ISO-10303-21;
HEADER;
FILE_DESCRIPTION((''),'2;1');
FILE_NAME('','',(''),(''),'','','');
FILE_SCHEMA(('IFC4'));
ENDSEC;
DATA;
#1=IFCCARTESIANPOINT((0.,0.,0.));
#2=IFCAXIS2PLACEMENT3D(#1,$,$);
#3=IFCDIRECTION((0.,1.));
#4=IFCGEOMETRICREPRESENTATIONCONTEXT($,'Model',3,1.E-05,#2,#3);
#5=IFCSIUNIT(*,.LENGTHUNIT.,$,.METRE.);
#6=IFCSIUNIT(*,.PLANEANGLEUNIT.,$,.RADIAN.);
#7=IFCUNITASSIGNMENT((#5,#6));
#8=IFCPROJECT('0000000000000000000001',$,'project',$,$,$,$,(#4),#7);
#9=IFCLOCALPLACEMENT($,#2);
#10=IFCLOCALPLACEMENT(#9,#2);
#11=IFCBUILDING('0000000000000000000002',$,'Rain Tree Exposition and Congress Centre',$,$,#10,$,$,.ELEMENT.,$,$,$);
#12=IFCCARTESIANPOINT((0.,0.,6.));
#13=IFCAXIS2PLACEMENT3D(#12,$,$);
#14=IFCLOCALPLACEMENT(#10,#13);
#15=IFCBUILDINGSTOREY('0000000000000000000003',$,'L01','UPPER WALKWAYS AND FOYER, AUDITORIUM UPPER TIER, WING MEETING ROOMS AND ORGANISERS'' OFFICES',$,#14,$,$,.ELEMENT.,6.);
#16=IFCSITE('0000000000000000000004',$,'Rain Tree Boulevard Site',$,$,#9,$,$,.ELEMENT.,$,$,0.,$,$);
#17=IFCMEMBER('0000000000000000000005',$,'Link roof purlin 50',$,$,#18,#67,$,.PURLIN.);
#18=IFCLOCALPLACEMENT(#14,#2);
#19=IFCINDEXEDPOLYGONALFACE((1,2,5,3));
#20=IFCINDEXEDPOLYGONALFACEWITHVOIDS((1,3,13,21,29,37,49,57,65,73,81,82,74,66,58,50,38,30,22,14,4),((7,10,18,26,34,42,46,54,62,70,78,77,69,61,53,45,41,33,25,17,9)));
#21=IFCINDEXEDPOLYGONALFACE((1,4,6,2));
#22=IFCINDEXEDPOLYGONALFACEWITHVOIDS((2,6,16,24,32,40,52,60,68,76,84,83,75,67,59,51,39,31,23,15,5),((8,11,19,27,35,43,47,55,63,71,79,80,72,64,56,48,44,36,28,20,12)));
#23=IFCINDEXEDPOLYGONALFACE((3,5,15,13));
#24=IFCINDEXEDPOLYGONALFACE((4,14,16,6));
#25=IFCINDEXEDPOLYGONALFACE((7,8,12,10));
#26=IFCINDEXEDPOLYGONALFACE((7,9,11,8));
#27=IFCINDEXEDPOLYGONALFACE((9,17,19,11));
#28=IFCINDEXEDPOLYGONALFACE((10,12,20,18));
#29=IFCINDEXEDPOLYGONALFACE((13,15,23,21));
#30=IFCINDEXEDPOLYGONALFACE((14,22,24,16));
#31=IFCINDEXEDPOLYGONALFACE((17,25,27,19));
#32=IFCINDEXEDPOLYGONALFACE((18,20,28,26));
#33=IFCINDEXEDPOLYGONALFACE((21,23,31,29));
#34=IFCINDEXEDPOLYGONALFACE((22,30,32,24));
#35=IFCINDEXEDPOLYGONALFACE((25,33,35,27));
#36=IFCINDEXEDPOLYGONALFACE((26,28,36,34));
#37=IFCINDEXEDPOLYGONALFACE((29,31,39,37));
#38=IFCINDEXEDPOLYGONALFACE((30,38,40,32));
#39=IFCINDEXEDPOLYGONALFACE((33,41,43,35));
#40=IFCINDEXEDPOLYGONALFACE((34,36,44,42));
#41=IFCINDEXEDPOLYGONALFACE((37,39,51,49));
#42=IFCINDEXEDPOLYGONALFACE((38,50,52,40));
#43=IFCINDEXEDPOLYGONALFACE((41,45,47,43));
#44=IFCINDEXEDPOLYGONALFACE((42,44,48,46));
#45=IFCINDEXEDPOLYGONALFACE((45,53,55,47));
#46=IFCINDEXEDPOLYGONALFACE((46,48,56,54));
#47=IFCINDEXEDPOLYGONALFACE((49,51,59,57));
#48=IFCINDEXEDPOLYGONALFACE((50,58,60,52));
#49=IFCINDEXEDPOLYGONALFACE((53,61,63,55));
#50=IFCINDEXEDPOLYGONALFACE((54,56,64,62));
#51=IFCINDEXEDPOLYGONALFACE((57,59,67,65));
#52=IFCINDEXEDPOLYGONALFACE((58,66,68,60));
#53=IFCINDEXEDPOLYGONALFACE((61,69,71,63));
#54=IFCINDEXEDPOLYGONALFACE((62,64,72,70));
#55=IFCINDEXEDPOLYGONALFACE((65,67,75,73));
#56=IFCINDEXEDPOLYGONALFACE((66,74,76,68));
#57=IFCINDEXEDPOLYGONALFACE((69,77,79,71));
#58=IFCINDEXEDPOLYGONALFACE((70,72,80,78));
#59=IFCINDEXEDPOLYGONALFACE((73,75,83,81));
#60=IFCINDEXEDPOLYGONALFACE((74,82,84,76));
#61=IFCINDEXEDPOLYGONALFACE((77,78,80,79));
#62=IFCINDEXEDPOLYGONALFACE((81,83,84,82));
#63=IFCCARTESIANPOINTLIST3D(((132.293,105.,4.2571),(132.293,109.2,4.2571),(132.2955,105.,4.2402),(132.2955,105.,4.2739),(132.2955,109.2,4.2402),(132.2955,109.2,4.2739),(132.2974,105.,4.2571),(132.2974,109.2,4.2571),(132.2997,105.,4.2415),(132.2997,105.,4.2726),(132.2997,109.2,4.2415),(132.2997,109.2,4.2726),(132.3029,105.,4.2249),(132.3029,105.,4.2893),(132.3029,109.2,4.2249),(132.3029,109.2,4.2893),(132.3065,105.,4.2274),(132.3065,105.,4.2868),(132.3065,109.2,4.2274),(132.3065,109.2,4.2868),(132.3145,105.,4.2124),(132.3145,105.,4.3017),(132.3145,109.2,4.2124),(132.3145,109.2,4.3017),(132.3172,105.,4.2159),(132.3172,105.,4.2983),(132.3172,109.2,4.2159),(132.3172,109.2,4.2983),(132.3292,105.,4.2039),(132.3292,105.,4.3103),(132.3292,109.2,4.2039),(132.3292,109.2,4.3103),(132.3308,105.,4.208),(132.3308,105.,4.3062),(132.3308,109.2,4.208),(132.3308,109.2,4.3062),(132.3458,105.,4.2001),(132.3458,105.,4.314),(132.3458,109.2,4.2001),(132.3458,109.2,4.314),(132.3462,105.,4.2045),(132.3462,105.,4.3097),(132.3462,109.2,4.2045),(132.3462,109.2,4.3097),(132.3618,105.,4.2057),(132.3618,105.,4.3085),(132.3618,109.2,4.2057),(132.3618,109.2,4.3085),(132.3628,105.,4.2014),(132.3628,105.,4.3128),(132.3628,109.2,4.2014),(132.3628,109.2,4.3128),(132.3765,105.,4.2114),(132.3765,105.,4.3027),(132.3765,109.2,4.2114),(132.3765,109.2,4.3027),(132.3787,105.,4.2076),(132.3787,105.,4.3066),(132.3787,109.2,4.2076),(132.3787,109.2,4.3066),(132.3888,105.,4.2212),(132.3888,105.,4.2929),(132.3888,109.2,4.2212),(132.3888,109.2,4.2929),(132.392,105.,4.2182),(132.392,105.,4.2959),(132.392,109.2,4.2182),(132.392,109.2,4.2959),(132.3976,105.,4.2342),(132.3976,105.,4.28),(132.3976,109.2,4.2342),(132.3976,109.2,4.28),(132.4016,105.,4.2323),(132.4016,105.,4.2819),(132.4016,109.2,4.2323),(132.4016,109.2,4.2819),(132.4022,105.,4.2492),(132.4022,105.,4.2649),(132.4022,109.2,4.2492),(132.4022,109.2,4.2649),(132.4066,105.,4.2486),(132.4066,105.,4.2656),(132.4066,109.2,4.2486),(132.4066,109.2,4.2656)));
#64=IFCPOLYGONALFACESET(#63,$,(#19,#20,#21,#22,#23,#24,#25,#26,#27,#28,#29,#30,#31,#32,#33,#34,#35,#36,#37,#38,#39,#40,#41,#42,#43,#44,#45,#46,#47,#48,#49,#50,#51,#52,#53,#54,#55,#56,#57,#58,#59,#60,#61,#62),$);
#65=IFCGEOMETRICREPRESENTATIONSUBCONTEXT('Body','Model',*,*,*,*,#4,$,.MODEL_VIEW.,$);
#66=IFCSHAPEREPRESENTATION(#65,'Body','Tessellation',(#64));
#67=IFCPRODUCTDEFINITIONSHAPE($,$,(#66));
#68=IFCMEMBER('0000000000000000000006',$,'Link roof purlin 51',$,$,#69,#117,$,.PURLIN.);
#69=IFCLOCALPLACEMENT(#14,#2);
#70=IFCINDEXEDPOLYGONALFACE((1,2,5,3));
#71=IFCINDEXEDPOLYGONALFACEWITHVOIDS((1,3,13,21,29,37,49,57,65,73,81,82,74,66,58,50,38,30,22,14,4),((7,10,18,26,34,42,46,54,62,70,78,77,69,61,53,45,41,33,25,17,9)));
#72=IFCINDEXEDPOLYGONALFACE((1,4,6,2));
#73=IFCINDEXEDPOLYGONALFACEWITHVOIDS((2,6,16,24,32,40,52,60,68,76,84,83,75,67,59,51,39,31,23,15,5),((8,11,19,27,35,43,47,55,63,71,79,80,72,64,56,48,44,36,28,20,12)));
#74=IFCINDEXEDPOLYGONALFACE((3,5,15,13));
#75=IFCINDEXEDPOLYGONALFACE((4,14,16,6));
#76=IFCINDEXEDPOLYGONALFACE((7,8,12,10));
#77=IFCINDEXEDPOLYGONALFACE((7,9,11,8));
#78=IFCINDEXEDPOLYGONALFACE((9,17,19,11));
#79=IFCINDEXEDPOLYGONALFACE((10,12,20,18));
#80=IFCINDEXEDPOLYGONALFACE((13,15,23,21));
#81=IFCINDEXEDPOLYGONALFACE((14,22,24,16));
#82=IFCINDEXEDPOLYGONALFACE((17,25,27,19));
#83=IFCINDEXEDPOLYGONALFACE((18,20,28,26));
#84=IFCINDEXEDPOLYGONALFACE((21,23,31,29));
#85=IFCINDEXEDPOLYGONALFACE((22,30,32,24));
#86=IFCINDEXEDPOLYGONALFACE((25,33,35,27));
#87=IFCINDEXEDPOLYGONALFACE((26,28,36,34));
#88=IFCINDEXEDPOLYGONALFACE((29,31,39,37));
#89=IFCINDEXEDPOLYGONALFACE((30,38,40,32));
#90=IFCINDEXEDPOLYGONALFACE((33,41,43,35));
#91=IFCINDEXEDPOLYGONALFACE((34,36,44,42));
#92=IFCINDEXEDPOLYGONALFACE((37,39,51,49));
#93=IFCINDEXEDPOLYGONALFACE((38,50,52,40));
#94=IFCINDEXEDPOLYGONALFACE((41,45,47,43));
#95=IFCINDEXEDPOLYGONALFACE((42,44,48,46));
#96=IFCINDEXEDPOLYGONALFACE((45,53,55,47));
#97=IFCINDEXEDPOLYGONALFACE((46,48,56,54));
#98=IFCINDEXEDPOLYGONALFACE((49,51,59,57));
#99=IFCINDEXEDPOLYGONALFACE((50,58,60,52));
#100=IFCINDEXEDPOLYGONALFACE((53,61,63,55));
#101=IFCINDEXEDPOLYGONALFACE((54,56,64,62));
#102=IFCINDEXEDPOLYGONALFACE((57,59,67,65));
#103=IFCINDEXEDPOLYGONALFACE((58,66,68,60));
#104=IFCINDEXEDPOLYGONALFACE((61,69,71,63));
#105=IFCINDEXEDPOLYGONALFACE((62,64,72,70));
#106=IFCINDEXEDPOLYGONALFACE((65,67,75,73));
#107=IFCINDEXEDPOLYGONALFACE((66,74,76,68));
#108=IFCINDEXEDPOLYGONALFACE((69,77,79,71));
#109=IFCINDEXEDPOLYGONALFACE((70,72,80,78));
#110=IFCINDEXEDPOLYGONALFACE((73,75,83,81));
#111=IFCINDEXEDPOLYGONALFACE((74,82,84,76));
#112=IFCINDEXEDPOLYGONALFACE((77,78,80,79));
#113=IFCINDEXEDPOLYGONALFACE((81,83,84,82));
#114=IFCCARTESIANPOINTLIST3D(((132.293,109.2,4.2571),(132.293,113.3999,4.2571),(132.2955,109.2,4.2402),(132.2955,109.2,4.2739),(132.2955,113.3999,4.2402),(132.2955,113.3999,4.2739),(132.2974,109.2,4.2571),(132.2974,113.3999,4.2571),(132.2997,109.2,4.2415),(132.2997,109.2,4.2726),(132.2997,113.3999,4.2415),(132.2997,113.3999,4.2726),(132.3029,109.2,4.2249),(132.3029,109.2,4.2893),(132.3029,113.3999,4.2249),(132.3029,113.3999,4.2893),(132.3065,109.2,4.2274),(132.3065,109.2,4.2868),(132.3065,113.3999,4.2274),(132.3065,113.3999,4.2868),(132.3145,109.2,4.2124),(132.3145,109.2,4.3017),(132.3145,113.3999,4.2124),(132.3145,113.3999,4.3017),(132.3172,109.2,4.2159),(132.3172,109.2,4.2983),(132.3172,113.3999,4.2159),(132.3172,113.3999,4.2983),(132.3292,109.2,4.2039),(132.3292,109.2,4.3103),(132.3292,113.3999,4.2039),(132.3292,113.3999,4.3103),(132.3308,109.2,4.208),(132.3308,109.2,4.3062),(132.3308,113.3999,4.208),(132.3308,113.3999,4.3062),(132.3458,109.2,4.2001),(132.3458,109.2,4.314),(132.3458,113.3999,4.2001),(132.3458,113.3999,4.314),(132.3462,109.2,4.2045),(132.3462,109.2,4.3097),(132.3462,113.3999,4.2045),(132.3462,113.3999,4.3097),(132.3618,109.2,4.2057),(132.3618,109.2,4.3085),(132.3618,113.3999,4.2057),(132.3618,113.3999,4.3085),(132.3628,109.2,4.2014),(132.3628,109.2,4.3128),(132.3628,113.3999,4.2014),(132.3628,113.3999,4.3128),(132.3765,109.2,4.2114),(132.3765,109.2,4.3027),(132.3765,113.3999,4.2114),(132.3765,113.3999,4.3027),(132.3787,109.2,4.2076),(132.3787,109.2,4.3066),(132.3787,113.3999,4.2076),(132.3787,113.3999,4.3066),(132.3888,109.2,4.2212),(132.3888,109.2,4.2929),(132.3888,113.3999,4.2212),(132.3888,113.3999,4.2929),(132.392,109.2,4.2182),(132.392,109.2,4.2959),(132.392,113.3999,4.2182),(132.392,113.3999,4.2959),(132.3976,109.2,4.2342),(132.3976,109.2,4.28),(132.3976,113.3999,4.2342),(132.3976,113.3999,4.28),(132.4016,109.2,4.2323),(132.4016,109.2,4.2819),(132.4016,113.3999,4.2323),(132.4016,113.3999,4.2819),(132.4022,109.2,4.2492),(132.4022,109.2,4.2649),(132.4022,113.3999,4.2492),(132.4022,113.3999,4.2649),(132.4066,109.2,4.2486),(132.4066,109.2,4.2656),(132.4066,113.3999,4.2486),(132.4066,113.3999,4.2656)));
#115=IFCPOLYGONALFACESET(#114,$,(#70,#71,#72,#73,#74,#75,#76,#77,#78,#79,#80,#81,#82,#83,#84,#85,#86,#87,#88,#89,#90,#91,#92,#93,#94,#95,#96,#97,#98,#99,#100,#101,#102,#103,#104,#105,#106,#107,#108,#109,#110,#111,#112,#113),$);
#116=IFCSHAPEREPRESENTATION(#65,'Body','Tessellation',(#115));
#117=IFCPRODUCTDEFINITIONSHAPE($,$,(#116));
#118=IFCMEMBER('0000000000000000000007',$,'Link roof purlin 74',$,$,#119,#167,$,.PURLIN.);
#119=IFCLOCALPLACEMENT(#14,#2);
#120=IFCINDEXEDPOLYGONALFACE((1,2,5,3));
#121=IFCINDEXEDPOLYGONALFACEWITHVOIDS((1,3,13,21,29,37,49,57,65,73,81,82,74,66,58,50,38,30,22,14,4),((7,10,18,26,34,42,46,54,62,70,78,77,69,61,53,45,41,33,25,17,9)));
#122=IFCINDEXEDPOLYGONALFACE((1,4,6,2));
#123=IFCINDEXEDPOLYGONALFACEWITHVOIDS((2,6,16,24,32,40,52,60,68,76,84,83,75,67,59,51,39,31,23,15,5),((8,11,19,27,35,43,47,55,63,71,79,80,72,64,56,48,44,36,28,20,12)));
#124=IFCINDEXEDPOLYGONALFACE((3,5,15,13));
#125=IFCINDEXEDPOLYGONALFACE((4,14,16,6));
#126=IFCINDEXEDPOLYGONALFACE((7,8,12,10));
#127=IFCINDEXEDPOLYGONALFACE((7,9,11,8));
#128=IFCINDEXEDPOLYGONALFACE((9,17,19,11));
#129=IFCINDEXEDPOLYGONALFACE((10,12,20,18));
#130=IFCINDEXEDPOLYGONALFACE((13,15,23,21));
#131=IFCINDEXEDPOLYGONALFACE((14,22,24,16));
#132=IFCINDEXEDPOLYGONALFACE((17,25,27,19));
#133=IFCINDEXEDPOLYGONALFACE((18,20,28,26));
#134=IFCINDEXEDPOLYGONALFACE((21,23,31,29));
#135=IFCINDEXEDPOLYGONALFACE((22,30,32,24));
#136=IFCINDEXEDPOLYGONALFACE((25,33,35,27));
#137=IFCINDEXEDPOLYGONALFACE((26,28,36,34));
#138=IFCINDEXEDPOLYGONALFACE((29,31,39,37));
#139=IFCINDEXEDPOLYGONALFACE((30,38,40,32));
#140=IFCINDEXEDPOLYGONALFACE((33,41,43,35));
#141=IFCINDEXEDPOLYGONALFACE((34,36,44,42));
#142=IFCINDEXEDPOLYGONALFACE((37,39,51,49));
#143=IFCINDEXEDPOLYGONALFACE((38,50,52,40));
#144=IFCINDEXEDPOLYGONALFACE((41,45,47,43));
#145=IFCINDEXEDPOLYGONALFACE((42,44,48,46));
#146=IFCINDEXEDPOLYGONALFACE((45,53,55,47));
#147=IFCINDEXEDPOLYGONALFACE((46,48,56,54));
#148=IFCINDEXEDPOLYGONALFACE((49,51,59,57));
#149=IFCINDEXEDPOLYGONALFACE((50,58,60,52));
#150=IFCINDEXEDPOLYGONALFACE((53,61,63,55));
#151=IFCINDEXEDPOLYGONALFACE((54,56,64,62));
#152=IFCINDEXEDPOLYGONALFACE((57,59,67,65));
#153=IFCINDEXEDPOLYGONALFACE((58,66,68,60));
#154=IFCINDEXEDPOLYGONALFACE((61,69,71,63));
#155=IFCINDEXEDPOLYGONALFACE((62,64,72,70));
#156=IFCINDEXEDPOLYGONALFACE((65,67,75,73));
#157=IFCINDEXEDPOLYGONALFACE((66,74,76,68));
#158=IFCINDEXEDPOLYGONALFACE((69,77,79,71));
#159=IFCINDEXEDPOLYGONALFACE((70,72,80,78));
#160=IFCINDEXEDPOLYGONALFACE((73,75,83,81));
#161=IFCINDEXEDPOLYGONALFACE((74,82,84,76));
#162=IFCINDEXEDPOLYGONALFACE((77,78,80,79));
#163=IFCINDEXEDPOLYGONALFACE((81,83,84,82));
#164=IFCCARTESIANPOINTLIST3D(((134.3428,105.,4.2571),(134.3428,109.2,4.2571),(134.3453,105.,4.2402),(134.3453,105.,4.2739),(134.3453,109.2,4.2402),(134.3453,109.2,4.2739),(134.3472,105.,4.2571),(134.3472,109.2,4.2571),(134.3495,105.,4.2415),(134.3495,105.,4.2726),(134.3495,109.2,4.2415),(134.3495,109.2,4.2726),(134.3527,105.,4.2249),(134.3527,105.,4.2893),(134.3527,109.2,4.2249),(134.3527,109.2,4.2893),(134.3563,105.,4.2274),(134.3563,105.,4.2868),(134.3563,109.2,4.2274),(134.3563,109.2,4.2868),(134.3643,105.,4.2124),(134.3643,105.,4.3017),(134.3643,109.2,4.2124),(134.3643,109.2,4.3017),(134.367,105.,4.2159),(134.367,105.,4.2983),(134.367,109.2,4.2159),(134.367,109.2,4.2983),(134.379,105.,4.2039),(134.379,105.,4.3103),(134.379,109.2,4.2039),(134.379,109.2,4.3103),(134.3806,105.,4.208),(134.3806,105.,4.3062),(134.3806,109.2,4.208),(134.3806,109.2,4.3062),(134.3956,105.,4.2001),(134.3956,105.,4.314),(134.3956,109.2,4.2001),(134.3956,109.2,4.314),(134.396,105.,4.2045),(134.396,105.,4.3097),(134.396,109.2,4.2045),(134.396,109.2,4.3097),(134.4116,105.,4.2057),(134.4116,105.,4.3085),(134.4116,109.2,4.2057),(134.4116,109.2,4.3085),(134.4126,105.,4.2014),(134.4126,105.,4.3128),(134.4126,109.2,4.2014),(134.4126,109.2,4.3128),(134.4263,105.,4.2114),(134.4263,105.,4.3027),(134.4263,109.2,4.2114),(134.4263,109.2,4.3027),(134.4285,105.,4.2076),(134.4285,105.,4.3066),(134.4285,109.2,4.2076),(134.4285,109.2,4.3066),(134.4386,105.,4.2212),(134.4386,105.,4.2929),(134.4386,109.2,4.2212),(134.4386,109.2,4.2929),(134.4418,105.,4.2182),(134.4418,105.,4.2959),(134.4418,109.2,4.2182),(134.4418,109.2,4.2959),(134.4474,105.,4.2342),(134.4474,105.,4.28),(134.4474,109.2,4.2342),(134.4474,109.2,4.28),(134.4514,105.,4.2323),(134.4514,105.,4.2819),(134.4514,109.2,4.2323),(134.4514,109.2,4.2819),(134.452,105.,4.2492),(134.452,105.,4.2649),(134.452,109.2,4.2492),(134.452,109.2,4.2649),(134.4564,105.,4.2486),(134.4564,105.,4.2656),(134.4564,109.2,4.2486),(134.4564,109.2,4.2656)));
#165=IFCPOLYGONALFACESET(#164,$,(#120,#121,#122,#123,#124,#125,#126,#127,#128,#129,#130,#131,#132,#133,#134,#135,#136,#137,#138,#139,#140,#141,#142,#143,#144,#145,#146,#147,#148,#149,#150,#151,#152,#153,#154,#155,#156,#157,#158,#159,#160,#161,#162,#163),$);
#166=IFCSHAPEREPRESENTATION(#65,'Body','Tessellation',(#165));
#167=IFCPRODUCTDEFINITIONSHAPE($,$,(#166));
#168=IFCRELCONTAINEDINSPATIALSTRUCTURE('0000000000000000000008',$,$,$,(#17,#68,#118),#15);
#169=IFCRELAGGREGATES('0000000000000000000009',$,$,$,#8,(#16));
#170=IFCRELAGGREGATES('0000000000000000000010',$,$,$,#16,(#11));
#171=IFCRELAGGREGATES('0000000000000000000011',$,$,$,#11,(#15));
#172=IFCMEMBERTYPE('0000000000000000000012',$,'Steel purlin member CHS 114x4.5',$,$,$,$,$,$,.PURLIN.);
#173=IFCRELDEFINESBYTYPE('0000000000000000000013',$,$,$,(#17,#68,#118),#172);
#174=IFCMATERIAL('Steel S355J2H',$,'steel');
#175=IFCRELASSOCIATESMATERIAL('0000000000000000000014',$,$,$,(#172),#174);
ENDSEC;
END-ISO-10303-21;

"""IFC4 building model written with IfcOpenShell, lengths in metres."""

from ifc_helpers import new_model, si_unit, direction, frame, origin, origin_2d, place, context, subcontext, project, spatial, hollow_circle, extrude, material, material_profile, profile_set, type_object, element, save


model = new_model("IFC4")

# Units and contexts
model_context = context("Model", 3, precision=1e-05, world=origin(), true_north=direction((0.0, 1.0)))
body_context = subcontext(model_context, "Body", "Model", "MODEL_VIEW")
ifc_project = project(units=[si_unit("LENGTHUNIT", "METRE"), si_unit("PLANEANGLEUNIT", "RADIAN")], contexts=[model_context])

# Site, building, storey
site_placement = place(None, origin())
site = spatial("IfcSite", under=ifc_project, at=site_placement, Name="Rain Tree Boulevard Site", CompositionType="ELEMENT", RefElevation=0.0)
building_placement = place(site_placement, origin())
building = spatial("IfcBuilding", under=site, at=building_placement, Name="Rain Tree Exposition and Congress Centre", CompositionType="ELEMENT")
storey_placement = place(building_placement, frame((0.0, 0.0, 6.0)))
storey = spatial("IfcBuildingStorey", under=building, at=storey_placement, Name="L01", Description="UPPER WALKWAYS AND FOYER, AUDITORIUM UPPER TIER, WING MEETING ROOMS AND ORGANISERS' OFFICES", CompositionType="ELEMENT", Elevation=6.0)

# Members
ifc_material_1 = material(Name="Steel S355J2H", Category="steel")
ifc_material_profile_1 = material_profile(ifc_material_1, hollow_circle(Radius=0.0571, WallThickness=0.0044, at=origin_2d()), Name="CHS 114x4.5")
ifc_profile_set_1 = profile_set([ifc_material_profile_1], Name="Steel S355J2H")
member_type = type_object("IfcMemberType", Name="Steel purlin member CHS 114x4.5", PredefinedType="PURLIN", material=ifc_profile_set_1)
for number, where, z_axis, x_axis, name in (
    (1, (132.3501, 105.0, 4.2571), (0.0, 1.0, 0.0), (-1.0, 0.0, 0.0), "Link roof purlin 50"),
    (2, (132.3501, 109.2, 4.2571), (0.0, 1.0, 0.0), (-1.0, 0.0, 0.0), "Link roof purlin 51"),
    (3, (134.3999, 105.0, 4.2571), (0.0, 1.0, 0.0), (-1.0, 0.0, 0.0), "Link roof purlin 74"),
):
    element("IfcMember", number, at=place(storey_placement, frame(where, z_axis=z_axis, x_axis=x_axis)), inside=storey, type_object=member_type, Name=name, PredefinedType="PURLIN", context=body_context, shape_type="SweptSolid", body=[
        extrude(hollow_circle(Radius=0.0571, WallThickness=0.0044, at=origin_2d()), origin(), (0.0, 0.0, 1.0), 4.2),
    ])

save(model, "model.ifc")
